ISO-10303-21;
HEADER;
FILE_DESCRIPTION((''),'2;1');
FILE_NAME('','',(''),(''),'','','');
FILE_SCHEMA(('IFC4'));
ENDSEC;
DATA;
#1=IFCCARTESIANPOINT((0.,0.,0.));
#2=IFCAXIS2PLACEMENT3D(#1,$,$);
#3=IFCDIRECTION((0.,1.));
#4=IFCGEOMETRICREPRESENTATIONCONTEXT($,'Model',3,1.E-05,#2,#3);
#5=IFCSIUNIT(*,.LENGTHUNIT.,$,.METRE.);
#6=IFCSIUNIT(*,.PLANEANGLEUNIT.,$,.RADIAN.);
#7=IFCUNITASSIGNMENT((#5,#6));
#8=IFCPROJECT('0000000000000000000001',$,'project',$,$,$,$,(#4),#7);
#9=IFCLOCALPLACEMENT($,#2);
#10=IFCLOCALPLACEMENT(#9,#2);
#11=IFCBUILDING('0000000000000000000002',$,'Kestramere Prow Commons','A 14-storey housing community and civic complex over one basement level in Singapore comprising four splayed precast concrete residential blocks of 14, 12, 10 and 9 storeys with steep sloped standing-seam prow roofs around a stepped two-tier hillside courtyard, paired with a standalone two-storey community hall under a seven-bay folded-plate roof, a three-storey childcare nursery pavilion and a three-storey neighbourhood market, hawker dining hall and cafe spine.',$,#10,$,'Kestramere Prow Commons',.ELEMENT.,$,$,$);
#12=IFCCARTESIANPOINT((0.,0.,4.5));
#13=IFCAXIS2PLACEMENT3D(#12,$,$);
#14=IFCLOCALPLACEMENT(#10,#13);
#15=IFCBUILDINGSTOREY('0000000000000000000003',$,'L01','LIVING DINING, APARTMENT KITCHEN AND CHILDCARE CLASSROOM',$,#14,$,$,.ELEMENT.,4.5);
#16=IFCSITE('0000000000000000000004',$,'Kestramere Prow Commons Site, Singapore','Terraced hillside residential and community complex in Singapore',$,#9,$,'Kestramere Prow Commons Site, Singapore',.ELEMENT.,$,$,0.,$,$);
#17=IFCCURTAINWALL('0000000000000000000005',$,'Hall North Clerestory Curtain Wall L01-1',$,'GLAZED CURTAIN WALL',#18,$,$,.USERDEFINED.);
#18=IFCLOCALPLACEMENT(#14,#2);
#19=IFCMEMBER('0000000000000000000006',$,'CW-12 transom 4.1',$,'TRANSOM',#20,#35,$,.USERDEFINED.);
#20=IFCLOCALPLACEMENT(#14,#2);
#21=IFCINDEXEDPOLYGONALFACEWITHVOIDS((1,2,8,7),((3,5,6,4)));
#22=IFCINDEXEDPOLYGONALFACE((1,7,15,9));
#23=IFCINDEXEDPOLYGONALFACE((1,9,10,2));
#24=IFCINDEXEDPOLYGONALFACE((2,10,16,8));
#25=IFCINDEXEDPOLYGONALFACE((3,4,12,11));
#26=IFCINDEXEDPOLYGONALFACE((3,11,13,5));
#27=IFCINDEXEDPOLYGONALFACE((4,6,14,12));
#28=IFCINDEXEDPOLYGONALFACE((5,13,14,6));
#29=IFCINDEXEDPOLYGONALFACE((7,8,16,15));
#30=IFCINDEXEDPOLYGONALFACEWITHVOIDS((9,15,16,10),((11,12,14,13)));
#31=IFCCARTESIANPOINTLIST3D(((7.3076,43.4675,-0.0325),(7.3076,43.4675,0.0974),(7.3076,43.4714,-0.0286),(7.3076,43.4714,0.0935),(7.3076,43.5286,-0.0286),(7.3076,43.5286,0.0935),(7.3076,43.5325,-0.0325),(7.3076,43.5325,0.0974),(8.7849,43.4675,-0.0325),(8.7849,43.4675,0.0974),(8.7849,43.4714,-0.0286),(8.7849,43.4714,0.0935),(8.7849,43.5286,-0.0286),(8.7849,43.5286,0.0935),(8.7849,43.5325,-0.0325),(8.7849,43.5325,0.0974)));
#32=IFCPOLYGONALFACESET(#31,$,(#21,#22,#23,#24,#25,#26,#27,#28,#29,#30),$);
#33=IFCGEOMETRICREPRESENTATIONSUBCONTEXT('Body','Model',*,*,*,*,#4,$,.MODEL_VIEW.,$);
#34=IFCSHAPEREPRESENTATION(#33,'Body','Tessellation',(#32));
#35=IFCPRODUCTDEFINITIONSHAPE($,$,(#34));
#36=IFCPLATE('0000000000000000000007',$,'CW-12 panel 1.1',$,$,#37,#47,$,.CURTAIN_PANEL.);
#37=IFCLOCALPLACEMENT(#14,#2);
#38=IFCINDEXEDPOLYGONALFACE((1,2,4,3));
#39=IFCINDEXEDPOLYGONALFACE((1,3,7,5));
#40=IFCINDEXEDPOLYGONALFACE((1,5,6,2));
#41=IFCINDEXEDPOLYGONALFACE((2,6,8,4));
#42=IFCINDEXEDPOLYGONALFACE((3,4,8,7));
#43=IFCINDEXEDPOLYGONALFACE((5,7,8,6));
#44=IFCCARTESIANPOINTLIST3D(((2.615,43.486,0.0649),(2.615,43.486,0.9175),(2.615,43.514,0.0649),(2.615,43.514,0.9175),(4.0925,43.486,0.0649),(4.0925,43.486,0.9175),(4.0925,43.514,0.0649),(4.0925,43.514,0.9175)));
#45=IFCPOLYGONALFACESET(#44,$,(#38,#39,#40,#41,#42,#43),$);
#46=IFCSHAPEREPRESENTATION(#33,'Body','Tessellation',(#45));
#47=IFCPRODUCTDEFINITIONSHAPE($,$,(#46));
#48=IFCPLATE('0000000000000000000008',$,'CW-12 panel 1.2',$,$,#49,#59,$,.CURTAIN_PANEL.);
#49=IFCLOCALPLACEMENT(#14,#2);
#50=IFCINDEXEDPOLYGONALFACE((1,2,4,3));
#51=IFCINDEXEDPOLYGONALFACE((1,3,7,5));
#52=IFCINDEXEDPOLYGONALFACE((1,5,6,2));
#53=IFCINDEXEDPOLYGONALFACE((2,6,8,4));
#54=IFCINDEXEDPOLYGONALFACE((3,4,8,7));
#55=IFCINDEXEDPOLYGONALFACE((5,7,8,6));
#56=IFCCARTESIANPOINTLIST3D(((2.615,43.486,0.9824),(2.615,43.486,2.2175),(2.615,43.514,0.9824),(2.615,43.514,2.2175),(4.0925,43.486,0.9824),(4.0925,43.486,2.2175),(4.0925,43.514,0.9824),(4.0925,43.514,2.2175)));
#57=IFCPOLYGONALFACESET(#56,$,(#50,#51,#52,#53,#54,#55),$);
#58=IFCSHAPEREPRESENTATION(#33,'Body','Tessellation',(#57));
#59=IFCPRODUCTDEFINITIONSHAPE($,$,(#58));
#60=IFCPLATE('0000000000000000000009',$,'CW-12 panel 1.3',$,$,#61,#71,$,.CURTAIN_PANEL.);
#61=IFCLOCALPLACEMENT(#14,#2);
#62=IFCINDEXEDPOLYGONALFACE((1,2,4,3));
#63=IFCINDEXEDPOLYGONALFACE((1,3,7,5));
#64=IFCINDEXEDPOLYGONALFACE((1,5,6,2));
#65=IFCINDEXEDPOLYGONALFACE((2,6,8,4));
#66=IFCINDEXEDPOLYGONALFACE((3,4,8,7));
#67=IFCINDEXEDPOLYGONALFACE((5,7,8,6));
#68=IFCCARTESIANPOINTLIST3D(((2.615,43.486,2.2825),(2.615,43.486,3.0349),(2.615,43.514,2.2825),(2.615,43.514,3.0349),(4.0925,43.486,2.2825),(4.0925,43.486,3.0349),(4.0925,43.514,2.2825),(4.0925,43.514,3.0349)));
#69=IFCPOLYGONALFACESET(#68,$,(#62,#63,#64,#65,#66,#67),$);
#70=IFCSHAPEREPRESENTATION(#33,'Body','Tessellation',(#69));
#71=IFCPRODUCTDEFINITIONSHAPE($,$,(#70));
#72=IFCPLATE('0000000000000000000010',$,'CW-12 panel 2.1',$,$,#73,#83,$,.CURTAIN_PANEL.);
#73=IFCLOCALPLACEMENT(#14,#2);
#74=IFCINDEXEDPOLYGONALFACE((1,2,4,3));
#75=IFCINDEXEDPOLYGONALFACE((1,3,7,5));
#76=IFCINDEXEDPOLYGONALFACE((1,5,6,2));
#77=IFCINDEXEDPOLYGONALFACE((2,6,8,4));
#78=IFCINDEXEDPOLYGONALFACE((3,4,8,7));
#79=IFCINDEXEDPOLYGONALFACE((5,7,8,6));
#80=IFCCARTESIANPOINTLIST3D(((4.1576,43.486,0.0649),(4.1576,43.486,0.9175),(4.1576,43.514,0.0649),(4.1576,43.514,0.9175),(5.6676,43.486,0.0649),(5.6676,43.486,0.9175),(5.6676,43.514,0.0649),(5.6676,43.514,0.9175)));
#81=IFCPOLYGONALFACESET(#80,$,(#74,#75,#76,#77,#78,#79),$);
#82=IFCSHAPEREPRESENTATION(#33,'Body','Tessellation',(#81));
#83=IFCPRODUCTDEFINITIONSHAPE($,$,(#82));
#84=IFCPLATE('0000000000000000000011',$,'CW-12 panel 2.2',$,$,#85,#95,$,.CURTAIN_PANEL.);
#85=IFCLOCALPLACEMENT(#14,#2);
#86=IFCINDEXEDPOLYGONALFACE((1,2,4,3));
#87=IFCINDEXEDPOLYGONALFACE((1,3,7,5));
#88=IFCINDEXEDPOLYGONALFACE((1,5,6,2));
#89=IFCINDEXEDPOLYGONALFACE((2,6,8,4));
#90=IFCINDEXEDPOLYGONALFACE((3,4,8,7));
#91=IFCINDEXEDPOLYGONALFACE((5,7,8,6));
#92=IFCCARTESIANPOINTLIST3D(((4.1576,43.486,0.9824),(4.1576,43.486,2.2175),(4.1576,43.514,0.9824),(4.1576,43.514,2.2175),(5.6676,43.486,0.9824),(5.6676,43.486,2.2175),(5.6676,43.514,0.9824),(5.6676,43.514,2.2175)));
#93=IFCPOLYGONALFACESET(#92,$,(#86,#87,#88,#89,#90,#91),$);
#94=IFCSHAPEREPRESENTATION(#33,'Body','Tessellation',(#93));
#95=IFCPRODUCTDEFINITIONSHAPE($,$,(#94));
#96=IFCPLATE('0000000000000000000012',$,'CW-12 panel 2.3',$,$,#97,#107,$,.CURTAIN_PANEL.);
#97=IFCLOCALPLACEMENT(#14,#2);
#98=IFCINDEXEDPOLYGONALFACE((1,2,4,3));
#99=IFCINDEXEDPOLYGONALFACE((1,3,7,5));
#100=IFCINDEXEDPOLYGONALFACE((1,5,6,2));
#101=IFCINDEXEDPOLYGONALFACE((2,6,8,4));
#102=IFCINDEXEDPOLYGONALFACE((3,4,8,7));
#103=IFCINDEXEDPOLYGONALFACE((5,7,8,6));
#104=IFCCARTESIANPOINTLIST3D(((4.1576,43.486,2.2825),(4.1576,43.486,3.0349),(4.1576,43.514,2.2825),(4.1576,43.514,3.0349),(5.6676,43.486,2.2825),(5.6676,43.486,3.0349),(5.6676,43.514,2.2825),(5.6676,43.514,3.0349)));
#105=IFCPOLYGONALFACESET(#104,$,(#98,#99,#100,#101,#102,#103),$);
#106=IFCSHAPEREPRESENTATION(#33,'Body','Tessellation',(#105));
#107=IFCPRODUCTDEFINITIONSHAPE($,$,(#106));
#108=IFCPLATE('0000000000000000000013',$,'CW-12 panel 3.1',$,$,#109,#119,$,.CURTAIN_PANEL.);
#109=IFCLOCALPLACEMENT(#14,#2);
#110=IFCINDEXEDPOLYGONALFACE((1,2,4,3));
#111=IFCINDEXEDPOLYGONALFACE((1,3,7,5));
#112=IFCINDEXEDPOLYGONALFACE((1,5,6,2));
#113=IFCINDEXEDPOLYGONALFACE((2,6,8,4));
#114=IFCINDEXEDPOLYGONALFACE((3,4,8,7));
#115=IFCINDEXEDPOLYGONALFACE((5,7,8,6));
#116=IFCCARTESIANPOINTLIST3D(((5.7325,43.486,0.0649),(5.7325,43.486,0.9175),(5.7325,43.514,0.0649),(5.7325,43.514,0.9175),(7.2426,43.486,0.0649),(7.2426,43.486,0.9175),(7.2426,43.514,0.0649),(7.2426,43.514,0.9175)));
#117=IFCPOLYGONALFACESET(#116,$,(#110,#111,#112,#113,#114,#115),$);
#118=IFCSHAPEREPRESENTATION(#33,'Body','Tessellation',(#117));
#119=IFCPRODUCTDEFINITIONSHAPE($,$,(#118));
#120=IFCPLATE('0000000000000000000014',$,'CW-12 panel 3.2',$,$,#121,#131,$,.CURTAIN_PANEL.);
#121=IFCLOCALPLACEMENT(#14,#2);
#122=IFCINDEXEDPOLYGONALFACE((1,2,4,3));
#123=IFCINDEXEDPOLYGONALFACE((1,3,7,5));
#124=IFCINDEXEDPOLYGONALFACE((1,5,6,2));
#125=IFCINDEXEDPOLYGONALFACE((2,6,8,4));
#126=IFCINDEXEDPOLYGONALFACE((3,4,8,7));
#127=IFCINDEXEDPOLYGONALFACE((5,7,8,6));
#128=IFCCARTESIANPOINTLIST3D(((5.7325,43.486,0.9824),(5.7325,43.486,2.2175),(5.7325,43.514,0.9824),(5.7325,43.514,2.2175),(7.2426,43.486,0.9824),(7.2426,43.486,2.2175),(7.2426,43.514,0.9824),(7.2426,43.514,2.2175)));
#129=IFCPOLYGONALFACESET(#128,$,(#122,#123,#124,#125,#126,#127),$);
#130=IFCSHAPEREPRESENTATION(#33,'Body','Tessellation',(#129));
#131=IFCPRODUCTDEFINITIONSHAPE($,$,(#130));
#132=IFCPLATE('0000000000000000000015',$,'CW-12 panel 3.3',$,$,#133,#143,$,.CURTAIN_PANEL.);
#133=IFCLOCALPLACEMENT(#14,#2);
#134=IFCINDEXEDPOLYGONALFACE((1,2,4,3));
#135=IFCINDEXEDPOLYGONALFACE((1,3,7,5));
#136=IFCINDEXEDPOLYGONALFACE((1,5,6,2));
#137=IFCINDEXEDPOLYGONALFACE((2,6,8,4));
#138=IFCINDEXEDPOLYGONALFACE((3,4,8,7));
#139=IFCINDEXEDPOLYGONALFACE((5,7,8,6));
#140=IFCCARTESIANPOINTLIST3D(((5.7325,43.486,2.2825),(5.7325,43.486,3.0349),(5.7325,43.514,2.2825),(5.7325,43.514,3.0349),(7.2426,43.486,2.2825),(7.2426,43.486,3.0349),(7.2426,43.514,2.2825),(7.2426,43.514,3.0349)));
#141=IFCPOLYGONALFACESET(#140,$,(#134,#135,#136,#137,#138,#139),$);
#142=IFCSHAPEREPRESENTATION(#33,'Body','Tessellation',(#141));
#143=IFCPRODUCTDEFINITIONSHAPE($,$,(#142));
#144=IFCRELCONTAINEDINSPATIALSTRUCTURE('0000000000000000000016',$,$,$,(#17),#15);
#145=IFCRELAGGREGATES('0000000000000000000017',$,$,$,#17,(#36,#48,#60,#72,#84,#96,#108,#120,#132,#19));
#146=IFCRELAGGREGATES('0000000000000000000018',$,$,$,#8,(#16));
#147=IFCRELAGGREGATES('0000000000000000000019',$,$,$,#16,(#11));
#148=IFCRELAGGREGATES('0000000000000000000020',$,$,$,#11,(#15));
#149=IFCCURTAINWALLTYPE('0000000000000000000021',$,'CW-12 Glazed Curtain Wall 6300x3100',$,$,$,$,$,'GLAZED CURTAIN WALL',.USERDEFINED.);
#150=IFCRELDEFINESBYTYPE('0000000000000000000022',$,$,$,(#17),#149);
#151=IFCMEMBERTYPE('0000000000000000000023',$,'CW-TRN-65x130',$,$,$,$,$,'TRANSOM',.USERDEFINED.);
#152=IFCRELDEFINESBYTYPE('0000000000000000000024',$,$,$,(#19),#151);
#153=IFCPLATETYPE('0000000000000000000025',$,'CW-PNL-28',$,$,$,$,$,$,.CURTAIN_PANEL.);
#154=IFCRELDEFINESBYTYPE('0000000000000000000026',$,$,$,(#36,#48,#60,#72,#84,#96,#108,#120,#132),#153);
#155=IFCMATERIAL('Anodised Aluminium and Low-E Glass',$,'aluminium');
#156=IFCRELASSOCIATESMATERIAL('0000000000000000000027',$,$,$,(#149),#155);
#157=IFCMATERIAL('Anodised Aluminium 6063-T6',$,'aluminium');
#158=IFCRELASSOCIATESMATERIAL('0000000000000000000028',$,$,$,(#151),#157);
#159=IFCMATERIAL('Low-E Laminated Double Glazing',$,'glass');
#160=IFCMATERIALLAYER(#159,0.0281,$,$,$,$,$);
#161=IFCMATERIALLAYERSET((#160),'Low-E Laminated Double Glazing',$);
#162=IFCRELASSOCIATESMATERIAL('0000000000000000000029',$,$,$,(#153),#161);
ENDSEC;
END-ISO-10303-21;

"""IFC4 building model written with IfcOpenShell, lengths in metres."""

from ifc_helpers import new_model, si_unit, direction, frame, origin, origin_2d, place, context, subcontext, project, spatial, rectangle, hollow_rectangle, extrude, material, layer, layer_set, material_profile, profile_set, type_object, element, aggregate, save


model = new_model("IFC4")

# Units and contexts
model_context = context("Model", 3, precision=1e-05, world=origin(), true_north=direction((0.0, 1.0)))
body_context = subcontext(model_context, "Body", "Model", "MODEL_VIEW")
ifc_project = project(units=[si_unit("LENGTHUNIT", "METRE"), si_unit("PLANEANGLEUNIT", "RADIAN")], contexts=[model_context])

# Site, building, storey
site_placement = place(None, origin())
site = spatial("IfcSite", under=ifc_project, at=site_placement, Name="Kestramere Prow Commons Site, Singapore", Description="Terraced hillside residential and community complex in Singapore", LongName="Kestramere Prow Commons Site, Singapore", CompositionType="ELEMENT", RefElevation=0.0)
building_placement = place(site_placement, origin())
building = spatial("IfcBuilding", under=site, at=building_placement, Name="Kestramere Prow Commons", Description="A 14-storey housing community and civic complex over one basement level in Singapore comprising four splayed precast concrete residential blocks of 14, 12, 10 and 9 storeys with steep sloped standing-seam prow roofs around a stepped two-tier hillside courtyard, paired with a standalone two-storey community hall under a seven-bay folded-plate roof, a three-storey childcare nursery pavilion and a three-storey neighbourhood market, hawker dining hall and cafe spine.", LongName="Kestramere Prow Commons", CompositionType="ELEMENT")
storey_placement = place(building_placement, frame((0.0, 0.0, 4.5)))
storey = spatial("IfcBuildingStorey", under=building, at=storey_placement, Name="L01", Description="LIVING DINING, APARTMENT KITCHEN AND CHILDCARE CLASSROOM", CompositionType="ELEMENT", Elevation=4.5)

# Curtain wall, member, plates
ifc_material_1 = material(Name="Anodised Aluminium and Low-E Glass", Category="aluminium")
curtain_wall_type = type_object("IfcCurtainWallType", Name="CW-12 Glazed Curtain Wall 6300x3100", ElementType="GLAZED CURTAIN WALL", PredefinedType="USERDEFINED", material=ifc_material_1)
curtain_wall_placement = place(storey_placement, origin())
curtain_wall = element("IfcCurtainWall", 1, at=curtain_wall_placement, inside=storey, type_object=curtain_wall_type, Name="Hall North Clerestory Curtain Wall L01-1", ObjectType="GLAZED CURTAIN WALL", PredefinedType="USERDEFINED")
ifc_material_2 = material(Name="Anodised Aluminium 6063-T6", Category="aluminium")
ifc_material_profile_1 = material_profile(ifc_material_2, hollow_rectangle(XDim=0.0649, YDim=0.1299, WallThickness=0.0039, at=origin_2d()), Name="ALU-TRN 65x130")
ifc_profile_set_1 = profile_set([ifc_material_profile_1], Name="Anodised Aluminium 6063-T6")
member_type_1 = type_object("IfcMemberType", Name="CW-TRN-65x130", ElementType="TRANSOM", PredefinedType="USERDEFINED", material=ifc_profile_set_1)
member_1_placement = place(storey_placement, frame((7.3076, 43.5, 0.0325), z_axis=(1.0, 0.0, 0.0), x_axis=(0.0, 1.0, 0.0)))
member_1 = element("IfcMember", 2, at=member_1_placement, type_object=member_type_1, Name="CW-12 transom 4.1", ObjectType="TRANSOM", PredefinedType="USERDEFINED", context=body_context, shape_type="SweptSolid", body=[
    extrude(hollow_rectangle(XDim=0.0649, YDim=0.1299, WallThickness=0.0039, at=origin_2d()), origin(), (0.0, 0.0, 1.0), 1.4773),
])
ifc_material_3 = material(Name="Low-E Laminated Double Glazing", Category="glass")
ifc_layer = layer(ifc_material_3, 0.0281)
ifc_layer_set = layer_set([ifc_layer], Name="Low-E Laminated Double Glazing")
plate_type = type_object("IfcPlateType", Name="CW-PNL-28", PredefinedType="CURTAIN_PANEL", material=ifc_layer_set)
plate_1_placement = place(storey_placement, frame((3.3538, 43.5, 0.0649), z_axis=(0.0, 0.0, 1.0), x_axis=(1.0, 0.0, 0.0)))
plate_1 = element("IfcPlate", 3, at=plate_1_placement, type_object=plate_type, Name="CW-12 panel 1.1", PredefinedType="CURTAIN_PANEL", context=body_context, shape_type="SweptSolid", body=[
    extrude(rectangle(XDim=1.4775, YDim=0.0281, at=origin_2d()), origin(), (0.0, 0.0, 1.0), 0.8525),
])
plate_2_placement = place(storey_placement, frame((3.3538, 43.5, 0.9824), z_axis=(0.0, 0.0, 1.0), x_axis=(1.0, 0.0, 0.0)))
plate_2 = element("IfcPlate", 4, at=plate_2_placement, type_object=plate_type, Name="CW-12 panel 1.2", PredefinedType="CURTAIN_PANEL", context=body_context, shape_type="SweptSolid", body=[
    extrude(rectangle(XDim=1.4775, YDim=0.0281, at=origin_2d()), origin(), (0.0, 0.0, 1.0), 1.2351),
])
plate_3_placement = place(storey_placement, frame((3.3538, 43.5, 2.2825), z_axis=(0.0, 0.0, 1.0), x_axis=(1.0, 0.0, 0.0)))
plate_3 = element("IfcPlate", 5, at=plate_3_placement, type_object=plate_type, Name="CW-12 panel 1.3", PredefinedType="CURTAIN_PANEL", context=body_context, shape_type="SweptSolid", body=[
    extrude(rectangle(XDim=1.4775, YDim=0.0281, at=origin_2d()), origin(), (0.0, 0.0, 1.0), 0.7524),
])
plate_4_placement = place(storey_placement, frame((4.9126, 43.5, 0.0649), z_axis=(0.0, 0.0, 1.0), x_axis=(1.0, 0.0, 0.0)))
plate_4 = element("IfcPlate", 6, at=plate_4_placement, type_object=plate_type, Name="CW-12 panel 2.1", PredefinedType="CURTAIN_PANEL", context=body_context, shape_type="SweptSolid", body=[
    extrude(rectangle(XDim=1.51, YDim=0.0281, at=origin_2d()), origin(), (0.0, 0.0, 1.0), 0.8525),
])
plate_5_placement = place(storey_placement, frame((4.9126, 43.5, 0.9824), z_axis=(0.0, 0.0, 1.0), x_axis=(1.0, 0.0, 0.0)))
plate_5 = element("IfcPlate", 7, at=plate_5_placement, type_object=plate_type, Name="CW-12 panel 2.2", PredefinedType="CURTAIN_PANEL", context=body_context, shape_type="SweptSolid", body=[
    extrude(rectangle(XDim=1.51, YDim=0.0281, at=origin_2d()), origin(), (0.0, 0.0, 1.0), 1.2351),
])
plate_6_placement = place(storey_placement, frame((4.9126, 43.5, 2.2825), z_axis=(0.0, 0.0, 1.0), x_axis=(1.0, 0.0, 0.0)))
plate_6 = element("IfcPlate", 8, at=plate_6_placement, type_object=plate_type, Name="CW-12 panel 2.3", PredefinedType="CURTAIN_PANEL", context=body_context, shape_type="SweptSolid", body=[
    extrude(rectangle(XDim=1.51, YDim=0.0281, at=origin_2d()), origin(), (0.0, 0.0, 1.0), 0.7524),
])
plate_7_placement = place(storey_placement, frame((6.4875, 43.5, 0.0649), z_axis=(0.0, 0.0, 1.0), x_axis=(1.0, 0.0, 0.0)))
plate_7 = element("IfcPlate", 9, at=plate_7_placement, type_object=plate_type, Name="CW-12 panel 3.1", PredefinedType="CURTAIN_PANEL", context=body_context, shape_type="SweptSolid", body=[
    extrude(rectangle(XDim=1.51, YDim=0.0281, at=origin_2d()), origin(), (0.0, 0.0, 1.0), 0.8525),
])
plate_8_placement = place(storey_placement, frame((6.4875, 43.5, 0.9824), z_axis=(0.0, 0.0, 1.0), x_axis=(1.0, 0.0, 0.0)))
plate_8 = element("IfcPlate", 10, at=plate_8_placement, type_object=plate_type, Name="CW-12 panel 3.2", PredefinedType="CURTAIN_PANEL", context=body_context, shape_type="SweptSolid", body=[
    extrude(rectangle(XDim=1.51, YDim=0.0281, at=origin_2d()), origin(), (0.0, 0.0, 1.0), 1.2351),
])
plate_9_placement = place(storey_placement, frame((6.4875, 43.5, 2.2825), z_axis=(0.0, 0.0, 1.0), x_axis=(1.0, 0.0, 0.0)))
plate_9 = element("IfcPlate", 11, at=plate_9_placement, type_object=plate_type, Name="CW-12 panel 3.3", PredefinedType="CURTAIN_PANEL", context=body_context, shape_type="SweptSolid", body=[
    extrude(rectangle(XDim=1.51, YDim=0.0281, at=origin_2d()), origin(), (0.0, 0.0, 1.0), 0.7524),
])
aggregate(curtain_wall, [plate_1, plate_2, plate_3, plate_4, plate_5, plate_6, plate_7, plate_8, plate_9, member_1])

save(model, "model.ifc")
